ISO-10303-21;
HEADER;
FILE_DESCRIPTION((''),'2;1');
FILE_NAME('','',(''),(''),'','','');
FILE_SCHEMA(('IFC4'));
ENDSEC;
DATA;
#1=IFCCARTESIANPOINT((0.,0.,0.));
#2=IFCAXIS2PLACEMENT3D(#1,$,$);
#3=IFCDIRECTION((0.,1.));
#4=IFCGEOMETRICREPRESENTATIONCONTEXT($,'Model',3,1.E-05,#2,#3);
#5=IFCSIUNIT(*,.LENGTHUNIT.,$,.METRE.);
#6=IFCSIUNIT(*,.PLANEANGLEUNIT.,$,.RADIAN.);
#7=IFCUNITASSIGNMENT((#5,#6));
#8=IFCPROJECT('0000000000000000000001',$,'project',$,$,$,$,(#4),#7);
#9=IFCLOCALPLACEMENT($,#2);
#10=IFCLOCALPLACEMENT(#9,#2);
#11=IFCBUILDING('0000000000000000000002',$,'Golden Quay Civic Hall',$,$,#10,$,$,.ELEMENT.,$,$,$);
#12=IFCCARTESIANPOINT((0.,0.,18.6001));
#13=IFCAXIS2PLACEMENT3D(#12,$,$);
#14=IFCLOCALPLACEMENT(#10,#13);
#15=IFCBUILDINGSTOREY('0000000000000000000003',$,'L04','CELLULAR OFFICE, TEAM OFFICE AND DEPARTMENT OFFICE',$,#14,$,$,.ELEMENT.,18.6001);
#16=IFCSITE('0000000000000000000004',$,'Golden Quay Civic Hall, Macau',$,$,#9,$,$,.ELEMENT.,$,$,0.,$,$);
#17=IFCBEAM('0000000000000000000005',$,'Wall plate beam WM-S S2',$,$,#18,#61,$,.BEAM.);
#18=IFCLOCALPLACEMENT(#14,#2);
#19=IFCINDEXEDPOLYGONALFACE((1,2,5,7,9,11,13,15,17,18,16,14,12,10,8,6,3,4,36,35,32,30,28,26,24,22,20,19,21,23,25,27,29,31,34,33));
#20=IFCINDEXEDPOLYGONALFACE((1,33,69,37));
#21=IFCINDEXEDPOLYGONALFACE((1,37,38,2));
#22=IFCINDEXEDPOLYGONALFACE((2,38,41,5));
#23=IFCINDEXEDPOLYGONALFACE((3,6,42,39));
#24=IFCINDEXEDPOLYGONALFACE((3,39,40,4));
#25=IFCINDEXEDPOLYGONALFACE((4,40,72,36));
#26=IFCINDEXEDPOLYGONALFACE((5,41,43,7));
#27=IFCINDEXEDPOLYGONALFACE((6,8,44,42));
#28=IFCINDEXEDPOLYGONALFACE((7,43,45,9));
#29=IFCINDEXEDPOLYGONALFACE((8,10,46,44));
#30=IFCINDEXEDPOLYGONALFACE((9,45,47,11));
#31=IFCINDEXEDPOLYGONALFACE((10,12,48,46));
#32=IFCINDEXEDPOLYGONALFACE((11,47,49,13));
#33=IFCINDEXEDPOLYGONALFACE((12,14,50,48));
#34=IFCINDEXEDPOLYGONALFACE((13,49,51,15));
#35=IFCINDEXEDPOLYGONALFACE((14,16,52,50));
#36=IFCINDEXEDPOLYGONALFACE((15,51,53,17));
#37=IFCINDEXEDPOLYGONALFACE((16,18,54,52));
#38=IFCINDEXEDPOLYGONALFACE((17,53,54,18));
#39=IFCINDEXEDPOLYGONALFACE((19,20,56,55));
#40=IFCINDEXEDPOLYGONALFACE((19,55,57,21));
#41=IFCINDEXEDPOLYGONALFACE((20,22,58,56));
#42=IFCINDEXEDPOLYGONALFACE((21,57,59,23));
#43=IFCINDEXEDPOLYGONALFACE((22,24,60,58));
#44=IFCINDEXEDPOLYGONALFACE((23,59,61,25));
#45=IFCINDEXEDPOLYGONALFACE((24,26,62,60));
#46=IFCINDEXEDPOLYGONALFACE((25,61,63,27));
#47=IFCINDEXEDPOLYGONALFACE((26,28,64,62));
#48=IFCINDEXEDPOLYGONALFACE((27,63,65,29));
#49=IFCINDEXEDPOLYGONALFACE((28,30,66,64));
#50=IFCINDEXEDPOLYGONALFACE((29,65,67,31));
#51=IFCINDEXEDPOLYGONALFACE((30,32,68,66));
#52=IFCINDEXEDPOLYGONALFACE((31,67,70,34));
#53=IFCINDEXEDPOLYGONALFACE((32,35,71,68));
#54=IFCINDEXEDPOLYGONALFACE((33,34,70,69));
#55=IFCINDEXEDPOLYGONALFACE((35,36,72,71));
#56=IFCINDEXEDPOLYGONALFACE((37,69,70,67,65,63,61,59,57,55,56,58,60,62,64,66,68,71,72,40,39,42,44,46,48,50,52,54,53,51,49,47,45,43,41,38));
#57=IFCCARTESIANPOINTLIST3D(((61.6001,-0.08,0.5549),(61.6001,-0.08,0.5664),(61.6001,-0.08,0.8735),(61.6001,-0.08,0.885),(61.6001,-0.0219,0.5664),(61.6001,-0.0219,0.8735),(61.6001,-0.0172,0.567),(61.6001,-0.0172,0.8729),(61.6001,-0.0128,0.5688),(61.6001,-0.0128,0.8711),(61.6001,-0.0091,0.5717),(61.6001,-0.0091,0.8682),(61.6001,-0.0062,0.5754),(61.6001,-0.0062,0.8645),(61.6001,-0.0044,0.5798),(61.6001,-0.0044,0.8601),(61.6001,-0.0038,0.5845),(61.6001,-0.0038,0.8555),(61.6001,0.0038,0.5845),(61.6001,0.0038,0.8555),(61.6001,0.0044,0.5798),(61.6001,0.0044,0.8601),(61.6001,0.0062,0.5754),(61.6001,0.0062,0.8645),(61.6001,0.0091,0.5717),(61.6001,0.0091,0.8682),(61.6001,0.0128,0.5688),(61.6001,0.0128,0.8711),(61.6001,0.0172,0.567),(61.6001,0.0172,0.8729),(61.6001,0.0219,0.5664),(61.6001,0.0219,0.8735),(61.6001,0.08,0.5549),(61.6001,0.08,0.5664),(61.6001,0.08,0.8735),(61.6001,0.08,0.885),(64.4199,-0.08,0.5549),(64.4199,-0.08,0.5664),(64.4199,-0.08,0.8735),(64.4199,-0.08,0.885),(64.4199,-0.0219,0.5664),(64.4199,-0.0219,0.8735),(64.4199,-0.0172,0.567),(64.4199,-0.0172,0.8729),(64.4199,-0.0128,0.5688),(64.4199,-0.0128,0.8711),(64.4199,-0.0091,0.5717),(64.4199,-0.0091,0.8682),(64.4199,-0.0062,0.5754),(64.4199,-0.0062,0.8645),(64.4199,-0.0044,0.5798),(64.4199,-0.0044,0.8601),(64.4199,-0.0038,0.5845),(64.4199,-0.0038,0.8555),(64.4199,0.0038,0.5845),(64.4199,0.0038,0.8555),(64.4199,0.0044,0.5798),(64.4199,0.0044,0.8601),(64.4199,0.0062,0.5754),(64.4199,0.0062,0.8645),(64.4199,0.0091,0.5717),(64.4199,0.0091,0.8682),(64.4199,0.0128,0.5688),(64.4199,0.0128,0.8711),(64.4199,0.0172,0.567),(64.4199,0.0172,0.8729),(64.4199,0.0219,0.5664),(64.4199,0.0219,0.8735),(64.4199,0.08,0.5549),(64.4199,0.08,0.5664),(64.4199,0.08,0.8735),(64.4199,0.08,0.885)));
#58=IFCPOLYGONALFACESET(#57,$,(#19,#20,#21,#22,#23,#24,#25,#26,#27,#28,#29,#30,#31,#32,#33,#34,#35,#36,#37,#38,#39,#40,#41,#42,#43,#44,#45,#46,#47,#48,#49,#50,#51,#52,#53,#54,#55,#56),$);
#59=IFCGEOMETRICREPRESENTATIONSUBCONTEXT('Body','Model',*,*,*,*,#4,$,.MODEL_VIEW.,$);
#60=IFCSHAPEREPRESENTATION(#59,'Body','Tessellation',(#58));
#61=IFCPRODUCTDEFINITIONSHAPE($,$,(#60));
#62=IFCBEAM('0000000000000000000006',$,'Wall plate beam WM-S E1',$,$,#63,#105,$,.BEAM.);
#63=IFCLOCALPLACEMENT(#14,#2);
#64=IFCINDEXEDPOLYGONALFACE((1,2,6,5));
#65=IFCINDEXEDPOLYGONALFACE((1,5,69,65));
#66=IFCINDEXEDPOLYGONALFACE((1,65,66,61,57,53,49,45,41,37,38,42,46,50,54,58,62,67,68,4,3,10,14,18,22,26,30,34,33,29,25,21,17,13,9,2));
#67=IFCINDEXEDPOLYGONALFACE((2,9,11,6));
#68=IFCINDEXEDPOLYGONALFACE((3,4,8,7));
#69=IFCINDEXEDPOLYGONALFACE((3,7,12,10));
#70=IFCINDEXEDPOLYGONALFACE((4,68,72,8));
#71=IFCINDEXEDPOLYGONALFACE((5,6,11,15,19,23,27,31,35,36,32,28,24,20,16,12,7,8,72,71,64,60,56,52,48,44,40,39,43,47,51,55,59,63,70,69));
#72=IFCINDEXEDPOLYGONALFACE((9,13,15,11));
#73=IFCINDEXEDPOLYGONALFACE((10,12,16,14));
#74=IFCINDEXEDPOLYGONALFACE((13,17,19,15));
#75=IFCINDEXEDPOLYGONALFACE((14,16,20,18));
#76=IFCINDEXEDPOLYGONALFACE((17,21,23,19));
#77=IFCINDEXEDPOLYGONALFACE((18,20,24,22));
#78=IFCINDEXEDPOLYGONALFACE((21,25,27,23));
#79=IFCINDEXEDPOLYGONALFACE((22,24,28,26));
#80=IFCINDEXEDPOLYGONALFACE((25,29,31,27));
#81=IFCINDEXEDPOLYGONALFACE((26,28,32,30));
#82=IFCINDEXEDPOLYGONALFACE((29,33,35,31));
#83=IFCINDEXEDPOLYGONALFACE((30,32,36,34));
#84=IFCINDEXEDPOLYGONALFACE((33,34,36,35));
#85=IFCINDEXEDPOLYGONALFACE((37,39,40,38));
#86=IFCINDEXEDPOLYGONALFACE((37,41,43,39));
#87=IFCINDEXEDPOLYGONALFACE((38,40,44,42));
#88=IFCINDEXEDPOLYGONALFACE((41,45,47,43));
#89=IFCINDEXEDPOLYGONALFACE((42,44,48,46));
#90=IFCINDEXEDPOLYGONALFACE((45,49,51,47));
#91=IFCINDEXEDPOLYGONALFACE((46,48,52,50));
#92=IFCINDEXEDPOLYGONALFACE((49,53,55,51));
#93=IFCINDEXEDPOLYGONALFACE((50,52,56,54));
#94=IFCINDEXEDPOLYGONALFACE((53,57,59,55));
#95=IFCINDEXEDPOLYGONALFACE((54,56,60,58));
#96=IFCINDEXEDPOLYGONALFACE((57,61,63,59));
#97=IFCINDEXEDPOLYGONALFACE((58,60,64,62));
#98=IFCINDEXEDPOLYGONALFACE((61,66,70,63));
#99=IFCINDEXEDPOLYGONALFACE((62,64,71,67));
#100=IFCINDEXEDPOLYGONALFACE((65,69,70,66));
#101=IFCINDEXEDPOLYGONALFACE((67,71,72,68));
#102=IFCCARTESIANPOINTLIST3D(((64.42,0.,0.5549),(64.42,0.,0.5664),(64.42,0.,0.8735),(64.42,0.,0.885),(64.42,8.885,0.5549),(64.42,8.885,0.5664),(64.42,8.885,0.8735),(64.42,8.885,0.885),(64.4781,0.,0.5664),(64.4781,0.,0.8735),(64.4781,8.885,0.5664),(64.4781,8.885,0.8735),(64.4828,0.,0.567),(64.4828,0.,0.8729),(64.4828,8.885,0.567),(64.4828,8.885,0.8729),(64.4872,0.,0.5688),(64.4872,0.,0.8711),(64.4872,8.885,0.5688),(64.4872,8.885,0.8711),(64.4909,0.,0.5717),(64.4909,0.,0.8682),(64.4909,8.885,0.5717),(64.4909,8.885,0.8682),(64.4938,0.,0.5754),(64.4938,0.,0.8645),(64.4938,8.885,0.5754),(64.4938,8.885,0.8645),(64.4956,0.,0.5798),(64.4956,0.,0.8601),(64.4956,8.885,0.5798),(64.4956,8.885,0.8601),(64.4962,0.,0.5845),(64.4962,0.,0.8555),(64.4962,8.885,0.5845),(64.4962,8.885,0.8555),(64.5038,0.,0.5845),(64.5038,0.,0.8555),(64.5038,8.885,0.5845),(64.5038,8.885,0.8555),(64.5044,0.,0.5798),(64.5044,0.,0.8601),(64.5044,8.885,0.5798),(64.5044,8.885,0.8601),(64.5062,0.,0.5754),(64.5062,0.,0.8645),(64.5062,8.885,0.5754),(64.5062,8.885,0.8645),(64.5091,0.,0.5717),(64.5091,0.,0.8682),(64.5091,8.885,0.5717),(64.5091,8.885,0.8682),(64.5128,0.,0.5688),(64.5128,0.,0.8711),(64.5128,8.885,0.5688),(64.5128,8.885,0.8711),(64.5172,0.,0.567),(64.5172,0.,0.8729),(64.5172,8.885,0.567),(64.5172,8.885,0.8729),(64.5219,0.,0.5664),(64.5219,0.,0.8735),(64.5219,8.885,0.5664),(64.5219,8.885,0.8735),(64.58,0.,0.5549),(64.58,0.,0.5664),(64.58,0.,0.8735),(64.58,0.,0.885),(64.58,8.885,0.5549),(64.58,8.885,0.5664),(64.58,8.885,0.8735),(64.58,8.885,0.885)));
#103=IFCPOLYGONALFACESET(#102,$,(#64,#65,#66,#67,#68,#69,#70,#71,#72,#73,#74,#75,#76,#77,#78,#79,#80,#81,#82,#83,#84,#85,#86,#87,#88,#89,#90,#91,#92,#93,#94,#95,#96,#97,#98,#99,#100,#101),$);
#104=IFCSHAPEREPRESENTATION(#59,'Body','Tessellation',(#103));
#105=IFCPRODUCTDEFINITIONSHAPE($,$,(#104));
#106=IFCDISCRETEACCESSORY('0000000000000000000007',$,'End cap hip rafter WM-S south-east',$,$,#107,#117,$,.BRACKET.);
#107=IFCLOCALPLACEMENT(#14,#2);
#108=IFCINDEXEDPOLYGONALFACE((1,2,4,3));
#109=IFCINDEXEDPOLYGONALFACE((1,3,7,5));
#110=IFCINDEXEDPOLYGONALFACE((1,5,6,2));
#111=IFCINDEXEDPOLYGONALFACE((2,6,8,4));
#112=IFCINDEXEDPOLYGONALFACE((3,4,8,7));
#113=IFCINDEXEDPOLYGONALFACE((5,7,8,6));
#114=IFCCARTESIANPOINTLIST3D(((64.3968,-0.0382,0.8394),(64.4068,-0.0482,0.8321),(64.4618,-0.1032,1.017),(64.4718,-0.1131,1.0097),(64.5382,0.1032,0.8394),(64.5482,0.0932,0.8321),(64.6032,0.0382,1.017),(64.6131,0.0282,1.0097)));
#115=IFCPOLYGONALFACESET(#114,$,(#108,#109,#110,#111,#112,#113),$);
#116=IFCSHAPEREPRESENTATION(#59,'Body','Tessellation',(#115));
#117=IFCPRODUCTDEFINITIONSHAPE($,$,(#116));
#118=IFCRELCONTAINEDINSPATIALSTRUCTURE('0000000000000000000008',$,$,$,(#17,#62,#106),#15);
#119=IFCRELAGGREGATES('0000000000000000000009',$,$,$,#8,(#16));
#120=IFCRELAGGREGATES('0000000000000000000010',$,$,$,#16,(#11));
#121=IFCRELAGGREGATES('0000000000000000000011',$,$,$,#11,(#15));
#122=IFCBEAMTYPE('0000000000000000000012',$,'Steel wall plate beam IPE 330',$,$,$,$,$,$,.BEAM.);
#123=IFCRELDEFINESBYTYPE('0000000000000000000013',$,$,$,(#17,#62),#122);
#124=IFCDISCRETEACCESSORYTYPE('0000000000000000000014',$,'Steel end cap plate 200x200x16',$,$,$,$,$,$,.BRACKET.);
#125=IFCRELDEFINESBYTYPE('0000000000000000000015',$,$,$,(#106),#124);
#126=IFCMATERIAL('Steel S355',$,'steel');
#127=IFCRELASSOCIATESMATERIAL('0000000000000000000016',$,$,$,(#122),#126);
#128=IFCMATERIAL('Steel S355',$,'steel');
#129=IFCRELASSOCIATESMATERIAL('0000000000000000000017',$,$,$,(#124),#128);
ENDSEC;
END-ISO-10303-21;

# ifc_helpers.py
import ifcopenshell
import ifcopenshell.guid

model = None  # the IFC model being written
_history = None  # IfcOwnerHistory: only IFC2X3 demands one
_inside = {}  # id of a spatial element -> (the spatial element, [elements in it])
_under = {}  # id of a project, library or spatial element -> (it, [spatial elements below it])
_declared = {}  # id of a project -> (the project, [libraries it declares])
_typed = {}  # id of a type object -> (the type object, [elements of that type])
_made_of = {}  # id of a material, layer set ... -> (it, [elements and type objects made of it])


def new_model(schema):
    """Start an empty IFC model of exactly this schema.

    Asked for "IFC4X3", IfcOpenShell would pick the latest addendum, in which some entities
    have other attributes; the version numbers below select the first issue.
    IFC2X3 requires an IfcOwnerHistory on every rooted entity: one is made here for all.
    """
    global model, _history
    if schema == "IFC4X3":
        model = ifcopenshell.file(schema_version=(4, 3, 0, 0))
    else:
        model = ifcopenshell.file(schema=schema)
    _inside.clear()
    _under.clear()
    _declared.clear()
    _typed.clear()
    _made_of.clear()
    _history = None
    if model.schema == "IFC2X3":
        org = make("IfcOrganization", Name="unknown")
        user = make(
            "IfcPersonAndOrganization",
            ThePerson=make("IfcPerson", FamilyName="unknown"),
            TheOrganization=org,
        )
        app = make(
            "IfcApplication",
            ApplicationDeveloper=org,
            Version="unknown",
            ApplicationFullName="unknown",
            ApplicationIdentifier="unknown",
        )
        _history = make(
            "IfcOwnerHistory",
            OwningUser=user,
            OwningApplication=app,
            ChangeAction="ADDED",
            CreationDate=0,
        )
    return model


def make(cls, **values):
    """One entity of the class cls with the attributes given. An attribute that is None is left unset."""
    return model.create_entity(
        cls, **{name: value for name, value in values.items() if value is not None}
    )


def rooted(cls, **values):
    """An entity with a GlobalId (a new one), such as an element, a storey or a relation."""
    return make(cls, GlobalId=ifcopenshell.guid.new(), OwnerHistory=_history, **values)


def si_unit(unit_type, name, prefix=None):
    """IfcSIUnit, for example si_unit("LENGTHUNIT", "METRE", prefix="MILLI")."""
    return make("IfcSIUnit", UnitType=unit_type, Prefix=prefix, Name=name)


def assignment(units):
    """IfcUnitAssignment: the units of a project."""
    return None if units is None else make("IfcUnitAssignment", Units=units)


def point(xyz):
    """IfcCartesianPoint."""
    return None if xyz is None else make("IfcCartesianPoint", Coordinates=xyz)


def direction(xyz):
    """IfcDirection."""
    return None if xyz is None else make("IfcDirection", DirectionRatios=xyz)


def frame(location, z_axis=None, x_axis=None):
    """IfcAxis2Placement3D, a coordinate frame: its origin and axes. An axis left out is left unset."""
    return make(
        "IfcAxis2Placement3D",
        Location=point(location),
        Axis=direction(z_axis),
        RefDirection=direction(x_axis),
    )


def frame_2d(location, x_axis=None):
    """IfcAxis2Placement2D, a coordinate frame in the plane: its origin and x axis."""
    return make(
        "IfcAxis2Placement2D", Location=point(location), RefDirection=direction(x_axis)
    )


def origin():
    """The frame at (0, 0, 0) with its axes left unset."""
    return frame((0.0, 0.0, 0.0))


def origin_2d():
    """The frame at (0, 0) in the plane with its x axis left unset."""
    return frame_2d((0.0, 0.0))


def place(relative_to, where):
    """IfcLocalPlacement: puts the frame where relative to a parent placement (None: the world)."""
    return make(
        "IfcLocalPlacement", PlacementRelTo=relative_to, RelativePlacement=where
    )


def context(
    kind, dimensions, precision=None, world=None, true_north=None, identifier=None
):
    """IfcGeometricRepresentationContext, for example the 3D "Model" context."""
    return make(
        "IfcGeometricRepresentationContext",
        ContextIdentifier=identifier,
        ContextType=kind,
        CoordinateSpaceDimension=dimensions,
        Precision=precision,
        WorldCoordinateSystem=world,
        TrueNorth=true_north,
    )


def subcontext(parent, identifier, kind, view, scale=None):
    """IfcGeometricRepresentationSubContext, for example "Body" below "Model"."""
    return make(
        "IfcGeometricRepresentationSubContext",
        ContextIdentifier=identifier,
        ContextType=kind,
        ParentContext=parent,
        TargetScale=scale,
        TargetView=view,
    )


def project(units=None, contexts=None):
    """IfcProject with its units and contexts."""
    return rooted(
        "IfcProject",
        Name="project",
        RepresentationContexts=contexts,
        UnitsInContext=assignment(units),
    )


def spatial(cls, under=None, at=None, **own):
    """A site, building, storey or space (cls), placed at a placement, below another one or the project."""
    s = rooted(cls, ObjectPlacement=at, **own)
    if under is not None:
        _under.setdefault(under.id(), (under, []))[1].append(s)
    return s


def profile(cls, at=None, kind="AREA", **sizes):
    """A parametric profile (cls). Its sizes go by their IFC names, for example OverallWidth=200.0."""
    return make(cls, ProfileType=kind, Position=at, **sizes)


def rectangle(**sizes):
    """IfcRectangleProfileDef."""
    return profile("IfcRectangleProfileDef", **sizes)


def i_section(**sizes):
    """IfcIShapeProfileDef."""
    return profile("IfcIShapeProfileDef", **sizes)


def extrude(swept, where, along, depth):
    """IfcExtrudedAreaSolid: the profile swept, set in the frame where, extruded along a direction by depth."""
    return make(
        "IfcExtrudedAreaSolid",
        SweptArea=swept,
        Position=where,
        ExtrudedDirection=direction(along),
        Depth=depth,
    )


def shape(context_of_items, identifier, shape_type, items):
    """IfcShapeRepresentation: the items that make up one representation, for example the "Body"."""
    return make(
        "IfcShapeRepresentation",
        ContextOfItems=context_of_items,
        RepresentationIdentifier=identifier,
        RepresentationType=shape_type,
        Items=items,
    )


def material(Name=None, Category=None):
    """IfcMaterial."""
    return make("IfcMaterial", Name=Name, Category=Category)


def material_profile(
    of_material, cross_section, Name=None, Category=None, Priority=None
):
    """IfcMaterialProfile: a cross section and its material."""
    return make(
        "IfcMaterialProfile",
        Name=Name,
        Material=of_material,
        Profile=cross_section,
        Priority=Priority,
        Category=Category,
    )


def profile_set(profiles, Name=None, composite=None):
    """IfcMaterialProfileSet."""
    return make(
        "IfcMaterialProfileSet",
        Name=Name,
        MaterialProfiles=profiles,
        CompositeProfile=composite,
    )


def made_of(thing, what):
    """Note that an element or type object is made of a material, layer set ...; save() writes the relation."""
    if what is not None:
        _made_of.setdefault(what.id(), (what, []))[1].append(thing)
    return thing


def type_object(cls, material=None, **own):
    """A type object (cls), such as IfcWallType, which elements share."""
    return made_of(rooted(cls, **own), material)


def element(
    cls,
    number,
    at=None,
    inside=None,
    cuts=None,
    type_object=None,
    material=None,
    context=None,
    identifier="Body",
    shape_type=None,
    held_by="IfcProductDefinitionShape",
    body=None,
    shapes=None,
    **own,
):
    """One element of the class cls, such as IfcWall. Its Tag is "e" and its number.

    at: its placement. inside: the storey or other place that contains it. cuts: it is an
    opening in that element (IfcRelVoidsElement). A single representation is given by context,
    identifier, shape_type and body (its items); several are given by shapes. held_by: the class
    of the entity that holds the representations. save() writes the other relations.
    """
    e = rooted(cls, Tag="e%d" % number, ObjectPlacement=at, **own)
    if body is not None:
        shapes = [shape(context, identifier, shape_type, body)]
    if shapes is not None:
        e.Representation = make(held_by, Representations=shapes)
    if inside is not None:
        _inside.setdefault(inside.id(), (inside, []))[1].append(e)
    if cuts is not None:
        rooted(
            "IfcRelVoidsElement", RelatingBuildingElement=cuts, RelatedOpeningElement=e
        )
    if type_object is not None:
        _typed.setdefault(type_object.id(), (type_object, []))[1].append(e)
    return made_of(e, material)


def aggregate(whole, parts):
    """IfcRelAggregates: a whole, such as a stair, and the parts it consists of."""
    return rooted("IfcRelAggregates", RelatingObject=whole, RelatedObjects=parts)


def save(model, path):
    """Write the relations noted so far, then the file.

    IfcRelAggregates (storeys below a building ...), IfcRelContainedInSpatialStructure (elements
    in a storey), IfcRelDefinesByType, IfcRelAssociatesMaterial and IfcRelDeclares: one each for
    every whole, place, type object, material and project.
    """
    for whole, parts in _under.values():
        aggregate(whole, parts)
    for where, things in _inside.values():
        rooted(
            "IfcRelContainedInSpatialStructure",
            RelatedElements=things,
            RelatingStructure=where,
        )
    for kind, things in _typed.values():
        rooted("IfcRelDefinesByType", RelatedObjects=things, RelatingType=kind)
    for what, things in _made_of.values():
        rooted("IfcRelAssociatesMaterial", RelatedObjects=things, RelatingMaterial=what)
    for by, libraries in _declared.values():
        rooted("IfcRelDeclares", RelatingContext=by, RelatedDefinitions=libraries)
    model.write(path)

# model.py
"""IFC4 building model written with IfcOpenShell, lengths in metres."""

from ifc_helpers import new_model, si_unit, direction, frame, origin, origin_2d, place, context, subcontext, project, spatial, rectangle, i_section, extrude, material, material_profile, profile_set, type_object, element, save


model = new_model("IFC4")

# Units and contexts
model_context = context("Model", 3, precision=1e-05, world=origin(), true_north=direction((0.0, 1.0)))
body_context = subcontext(model_context, "Body", "Model", "MODEL_VIEW")
ifc_project = project(units=[si_unit("LENGTHUNIT", "METRE"), si_unit("PLANEANGLEUNIT", "RADIAN")], contexts=[model_context])

# Site, building, storey
site_placement = place(None, origin())
site = spatial("IfcSite", under=ifc_project, at=site_placement, Name="Golden Quay Civic Hall, Macau", CompositionType="ELEMENT", RefElevation=0.0)
building_placement = place(site_placement, origin())
building = spatial("IfcBuilding", under=site, at=building_placement, Name="Golden Quay Civic Hall", CompositionType="ELEMENT")
storey_placement = place(building_placement, frame((0.0, 0.0, 18.6001)))
storey = spatial("IfcBuildingStorey", under=building, at=storey_placement, Name="L04", Description="CELLULAR OFFICE, TEAM OFFICE AND DEPARTMENT OFFICE", CompositionType="ELEMENT", Elevation=18.6001)

# Beams
ifc_material_1 = material(Name="Steel S355", Category="steel")
ifc_material_profile_1 = material_profile(ifc_material_1, i_section(OverallWidth=0.1599, OverallDepth=0.3301, WebThickness=0.0076, FlangeThickness=0.0115, FilletRadius=0.0181, at=origin_2d()), Name="IPE 330")
ifc_profile_set_1 = profile_set([ifc_material_profile_1], Name="Steel S355")
beam_type_1 = type_object("IfcBeamType", Name="Steel wall plate beam IPE 330", PredefinedType="BEAM", material=ifc_profile_set_1)
beam_1_placement = place(storey_placement, frame((61.6001, 0.0, 0.72), z_axis=(1.0, 0.0, 0.0), x_axis=(0.0, 1.0, 0.0)))
element("IfcBeam", 1, at=beam_1_placement, inside=storey, type_object=beam_type_1, Name="Wall plate beam WM-S S2", PredefinedType="BEAM", context=body_context, shape_type="SweptSolid", body=[
    extrude(i_section(OverallWidth=0.1599, OverallDepth=0.3301, WebThickness=0.0076, FlangeThickness=0.0115, FilletRadius=0.0181, at=origin_2d()), origin(), (0.0, 0.0, 1.0), 2.8198),
])
beam_2_placement = place(storey_placement, frame((64.5, 0.0, 0.72), z_axis=(0.0, 1.0, 0.0), x_axis=(-1.0, 0.0, 0.0)))
element("IfcBeam", 2, at=beam_2_placement, inside=storey, type_object=beam_type_1, Name="Wall plate beam WM-S E1", PredefinedType="BEAM", context=body_context, shape_type="SweptSolid", body=[
    extrude(i_section(OverallWidth=0.1599, OverallDepth=0.3301, WebThickness=0.0076, FlangeThickness=0.0115, FilletRadius=0.0181, at=origin_2d()), origin(), (0.0, 0.0, 1.0), 8.885),
])

# Discrete accessory
ifc_material_2 = material(Name="Steel S355", Category="steel")
ifc_material_profile_2 = material_profile(ifc_material_2, rectangle(XDim=0.2, YDim=0.2, at=origin_2d()), Name="Steel end cap plate 200x200x16")
ifc_profile_set_2 = profile_set([ifc_material_profile_2], Name="Steel S355")
discrete_accessory_type = type_object("IfcDiscreteAccessoryType", Name="Steel end cap plate 200x200x16", PredefinedType="BRACKET", material=ifc_profile_set_2)
discrete_accessory_placement = place(storey_placement, frame((64.5, 0.0, 0.9282), z_axis=(0.628025, -0.628025, -0.459531), x_axis=(0.707107, 0.707107, 0.0)))
element("IfcDiscreteAccessory", 3, at=discrete_accessory_placement, inside=storey, type_object=discrete_accessory_type, Name="End cap hip rafter WM-S south-east", PredefinedType="BRACKET", context=body_context, shape_type="SweptSolid", body=[
    extrude(rectangle(XDim=0.2, YDim=0.2, at=origin_2d()), origin(), (0.0, 0.0, 1.0), 0.0159),
])

save(model, "model.ifc")
